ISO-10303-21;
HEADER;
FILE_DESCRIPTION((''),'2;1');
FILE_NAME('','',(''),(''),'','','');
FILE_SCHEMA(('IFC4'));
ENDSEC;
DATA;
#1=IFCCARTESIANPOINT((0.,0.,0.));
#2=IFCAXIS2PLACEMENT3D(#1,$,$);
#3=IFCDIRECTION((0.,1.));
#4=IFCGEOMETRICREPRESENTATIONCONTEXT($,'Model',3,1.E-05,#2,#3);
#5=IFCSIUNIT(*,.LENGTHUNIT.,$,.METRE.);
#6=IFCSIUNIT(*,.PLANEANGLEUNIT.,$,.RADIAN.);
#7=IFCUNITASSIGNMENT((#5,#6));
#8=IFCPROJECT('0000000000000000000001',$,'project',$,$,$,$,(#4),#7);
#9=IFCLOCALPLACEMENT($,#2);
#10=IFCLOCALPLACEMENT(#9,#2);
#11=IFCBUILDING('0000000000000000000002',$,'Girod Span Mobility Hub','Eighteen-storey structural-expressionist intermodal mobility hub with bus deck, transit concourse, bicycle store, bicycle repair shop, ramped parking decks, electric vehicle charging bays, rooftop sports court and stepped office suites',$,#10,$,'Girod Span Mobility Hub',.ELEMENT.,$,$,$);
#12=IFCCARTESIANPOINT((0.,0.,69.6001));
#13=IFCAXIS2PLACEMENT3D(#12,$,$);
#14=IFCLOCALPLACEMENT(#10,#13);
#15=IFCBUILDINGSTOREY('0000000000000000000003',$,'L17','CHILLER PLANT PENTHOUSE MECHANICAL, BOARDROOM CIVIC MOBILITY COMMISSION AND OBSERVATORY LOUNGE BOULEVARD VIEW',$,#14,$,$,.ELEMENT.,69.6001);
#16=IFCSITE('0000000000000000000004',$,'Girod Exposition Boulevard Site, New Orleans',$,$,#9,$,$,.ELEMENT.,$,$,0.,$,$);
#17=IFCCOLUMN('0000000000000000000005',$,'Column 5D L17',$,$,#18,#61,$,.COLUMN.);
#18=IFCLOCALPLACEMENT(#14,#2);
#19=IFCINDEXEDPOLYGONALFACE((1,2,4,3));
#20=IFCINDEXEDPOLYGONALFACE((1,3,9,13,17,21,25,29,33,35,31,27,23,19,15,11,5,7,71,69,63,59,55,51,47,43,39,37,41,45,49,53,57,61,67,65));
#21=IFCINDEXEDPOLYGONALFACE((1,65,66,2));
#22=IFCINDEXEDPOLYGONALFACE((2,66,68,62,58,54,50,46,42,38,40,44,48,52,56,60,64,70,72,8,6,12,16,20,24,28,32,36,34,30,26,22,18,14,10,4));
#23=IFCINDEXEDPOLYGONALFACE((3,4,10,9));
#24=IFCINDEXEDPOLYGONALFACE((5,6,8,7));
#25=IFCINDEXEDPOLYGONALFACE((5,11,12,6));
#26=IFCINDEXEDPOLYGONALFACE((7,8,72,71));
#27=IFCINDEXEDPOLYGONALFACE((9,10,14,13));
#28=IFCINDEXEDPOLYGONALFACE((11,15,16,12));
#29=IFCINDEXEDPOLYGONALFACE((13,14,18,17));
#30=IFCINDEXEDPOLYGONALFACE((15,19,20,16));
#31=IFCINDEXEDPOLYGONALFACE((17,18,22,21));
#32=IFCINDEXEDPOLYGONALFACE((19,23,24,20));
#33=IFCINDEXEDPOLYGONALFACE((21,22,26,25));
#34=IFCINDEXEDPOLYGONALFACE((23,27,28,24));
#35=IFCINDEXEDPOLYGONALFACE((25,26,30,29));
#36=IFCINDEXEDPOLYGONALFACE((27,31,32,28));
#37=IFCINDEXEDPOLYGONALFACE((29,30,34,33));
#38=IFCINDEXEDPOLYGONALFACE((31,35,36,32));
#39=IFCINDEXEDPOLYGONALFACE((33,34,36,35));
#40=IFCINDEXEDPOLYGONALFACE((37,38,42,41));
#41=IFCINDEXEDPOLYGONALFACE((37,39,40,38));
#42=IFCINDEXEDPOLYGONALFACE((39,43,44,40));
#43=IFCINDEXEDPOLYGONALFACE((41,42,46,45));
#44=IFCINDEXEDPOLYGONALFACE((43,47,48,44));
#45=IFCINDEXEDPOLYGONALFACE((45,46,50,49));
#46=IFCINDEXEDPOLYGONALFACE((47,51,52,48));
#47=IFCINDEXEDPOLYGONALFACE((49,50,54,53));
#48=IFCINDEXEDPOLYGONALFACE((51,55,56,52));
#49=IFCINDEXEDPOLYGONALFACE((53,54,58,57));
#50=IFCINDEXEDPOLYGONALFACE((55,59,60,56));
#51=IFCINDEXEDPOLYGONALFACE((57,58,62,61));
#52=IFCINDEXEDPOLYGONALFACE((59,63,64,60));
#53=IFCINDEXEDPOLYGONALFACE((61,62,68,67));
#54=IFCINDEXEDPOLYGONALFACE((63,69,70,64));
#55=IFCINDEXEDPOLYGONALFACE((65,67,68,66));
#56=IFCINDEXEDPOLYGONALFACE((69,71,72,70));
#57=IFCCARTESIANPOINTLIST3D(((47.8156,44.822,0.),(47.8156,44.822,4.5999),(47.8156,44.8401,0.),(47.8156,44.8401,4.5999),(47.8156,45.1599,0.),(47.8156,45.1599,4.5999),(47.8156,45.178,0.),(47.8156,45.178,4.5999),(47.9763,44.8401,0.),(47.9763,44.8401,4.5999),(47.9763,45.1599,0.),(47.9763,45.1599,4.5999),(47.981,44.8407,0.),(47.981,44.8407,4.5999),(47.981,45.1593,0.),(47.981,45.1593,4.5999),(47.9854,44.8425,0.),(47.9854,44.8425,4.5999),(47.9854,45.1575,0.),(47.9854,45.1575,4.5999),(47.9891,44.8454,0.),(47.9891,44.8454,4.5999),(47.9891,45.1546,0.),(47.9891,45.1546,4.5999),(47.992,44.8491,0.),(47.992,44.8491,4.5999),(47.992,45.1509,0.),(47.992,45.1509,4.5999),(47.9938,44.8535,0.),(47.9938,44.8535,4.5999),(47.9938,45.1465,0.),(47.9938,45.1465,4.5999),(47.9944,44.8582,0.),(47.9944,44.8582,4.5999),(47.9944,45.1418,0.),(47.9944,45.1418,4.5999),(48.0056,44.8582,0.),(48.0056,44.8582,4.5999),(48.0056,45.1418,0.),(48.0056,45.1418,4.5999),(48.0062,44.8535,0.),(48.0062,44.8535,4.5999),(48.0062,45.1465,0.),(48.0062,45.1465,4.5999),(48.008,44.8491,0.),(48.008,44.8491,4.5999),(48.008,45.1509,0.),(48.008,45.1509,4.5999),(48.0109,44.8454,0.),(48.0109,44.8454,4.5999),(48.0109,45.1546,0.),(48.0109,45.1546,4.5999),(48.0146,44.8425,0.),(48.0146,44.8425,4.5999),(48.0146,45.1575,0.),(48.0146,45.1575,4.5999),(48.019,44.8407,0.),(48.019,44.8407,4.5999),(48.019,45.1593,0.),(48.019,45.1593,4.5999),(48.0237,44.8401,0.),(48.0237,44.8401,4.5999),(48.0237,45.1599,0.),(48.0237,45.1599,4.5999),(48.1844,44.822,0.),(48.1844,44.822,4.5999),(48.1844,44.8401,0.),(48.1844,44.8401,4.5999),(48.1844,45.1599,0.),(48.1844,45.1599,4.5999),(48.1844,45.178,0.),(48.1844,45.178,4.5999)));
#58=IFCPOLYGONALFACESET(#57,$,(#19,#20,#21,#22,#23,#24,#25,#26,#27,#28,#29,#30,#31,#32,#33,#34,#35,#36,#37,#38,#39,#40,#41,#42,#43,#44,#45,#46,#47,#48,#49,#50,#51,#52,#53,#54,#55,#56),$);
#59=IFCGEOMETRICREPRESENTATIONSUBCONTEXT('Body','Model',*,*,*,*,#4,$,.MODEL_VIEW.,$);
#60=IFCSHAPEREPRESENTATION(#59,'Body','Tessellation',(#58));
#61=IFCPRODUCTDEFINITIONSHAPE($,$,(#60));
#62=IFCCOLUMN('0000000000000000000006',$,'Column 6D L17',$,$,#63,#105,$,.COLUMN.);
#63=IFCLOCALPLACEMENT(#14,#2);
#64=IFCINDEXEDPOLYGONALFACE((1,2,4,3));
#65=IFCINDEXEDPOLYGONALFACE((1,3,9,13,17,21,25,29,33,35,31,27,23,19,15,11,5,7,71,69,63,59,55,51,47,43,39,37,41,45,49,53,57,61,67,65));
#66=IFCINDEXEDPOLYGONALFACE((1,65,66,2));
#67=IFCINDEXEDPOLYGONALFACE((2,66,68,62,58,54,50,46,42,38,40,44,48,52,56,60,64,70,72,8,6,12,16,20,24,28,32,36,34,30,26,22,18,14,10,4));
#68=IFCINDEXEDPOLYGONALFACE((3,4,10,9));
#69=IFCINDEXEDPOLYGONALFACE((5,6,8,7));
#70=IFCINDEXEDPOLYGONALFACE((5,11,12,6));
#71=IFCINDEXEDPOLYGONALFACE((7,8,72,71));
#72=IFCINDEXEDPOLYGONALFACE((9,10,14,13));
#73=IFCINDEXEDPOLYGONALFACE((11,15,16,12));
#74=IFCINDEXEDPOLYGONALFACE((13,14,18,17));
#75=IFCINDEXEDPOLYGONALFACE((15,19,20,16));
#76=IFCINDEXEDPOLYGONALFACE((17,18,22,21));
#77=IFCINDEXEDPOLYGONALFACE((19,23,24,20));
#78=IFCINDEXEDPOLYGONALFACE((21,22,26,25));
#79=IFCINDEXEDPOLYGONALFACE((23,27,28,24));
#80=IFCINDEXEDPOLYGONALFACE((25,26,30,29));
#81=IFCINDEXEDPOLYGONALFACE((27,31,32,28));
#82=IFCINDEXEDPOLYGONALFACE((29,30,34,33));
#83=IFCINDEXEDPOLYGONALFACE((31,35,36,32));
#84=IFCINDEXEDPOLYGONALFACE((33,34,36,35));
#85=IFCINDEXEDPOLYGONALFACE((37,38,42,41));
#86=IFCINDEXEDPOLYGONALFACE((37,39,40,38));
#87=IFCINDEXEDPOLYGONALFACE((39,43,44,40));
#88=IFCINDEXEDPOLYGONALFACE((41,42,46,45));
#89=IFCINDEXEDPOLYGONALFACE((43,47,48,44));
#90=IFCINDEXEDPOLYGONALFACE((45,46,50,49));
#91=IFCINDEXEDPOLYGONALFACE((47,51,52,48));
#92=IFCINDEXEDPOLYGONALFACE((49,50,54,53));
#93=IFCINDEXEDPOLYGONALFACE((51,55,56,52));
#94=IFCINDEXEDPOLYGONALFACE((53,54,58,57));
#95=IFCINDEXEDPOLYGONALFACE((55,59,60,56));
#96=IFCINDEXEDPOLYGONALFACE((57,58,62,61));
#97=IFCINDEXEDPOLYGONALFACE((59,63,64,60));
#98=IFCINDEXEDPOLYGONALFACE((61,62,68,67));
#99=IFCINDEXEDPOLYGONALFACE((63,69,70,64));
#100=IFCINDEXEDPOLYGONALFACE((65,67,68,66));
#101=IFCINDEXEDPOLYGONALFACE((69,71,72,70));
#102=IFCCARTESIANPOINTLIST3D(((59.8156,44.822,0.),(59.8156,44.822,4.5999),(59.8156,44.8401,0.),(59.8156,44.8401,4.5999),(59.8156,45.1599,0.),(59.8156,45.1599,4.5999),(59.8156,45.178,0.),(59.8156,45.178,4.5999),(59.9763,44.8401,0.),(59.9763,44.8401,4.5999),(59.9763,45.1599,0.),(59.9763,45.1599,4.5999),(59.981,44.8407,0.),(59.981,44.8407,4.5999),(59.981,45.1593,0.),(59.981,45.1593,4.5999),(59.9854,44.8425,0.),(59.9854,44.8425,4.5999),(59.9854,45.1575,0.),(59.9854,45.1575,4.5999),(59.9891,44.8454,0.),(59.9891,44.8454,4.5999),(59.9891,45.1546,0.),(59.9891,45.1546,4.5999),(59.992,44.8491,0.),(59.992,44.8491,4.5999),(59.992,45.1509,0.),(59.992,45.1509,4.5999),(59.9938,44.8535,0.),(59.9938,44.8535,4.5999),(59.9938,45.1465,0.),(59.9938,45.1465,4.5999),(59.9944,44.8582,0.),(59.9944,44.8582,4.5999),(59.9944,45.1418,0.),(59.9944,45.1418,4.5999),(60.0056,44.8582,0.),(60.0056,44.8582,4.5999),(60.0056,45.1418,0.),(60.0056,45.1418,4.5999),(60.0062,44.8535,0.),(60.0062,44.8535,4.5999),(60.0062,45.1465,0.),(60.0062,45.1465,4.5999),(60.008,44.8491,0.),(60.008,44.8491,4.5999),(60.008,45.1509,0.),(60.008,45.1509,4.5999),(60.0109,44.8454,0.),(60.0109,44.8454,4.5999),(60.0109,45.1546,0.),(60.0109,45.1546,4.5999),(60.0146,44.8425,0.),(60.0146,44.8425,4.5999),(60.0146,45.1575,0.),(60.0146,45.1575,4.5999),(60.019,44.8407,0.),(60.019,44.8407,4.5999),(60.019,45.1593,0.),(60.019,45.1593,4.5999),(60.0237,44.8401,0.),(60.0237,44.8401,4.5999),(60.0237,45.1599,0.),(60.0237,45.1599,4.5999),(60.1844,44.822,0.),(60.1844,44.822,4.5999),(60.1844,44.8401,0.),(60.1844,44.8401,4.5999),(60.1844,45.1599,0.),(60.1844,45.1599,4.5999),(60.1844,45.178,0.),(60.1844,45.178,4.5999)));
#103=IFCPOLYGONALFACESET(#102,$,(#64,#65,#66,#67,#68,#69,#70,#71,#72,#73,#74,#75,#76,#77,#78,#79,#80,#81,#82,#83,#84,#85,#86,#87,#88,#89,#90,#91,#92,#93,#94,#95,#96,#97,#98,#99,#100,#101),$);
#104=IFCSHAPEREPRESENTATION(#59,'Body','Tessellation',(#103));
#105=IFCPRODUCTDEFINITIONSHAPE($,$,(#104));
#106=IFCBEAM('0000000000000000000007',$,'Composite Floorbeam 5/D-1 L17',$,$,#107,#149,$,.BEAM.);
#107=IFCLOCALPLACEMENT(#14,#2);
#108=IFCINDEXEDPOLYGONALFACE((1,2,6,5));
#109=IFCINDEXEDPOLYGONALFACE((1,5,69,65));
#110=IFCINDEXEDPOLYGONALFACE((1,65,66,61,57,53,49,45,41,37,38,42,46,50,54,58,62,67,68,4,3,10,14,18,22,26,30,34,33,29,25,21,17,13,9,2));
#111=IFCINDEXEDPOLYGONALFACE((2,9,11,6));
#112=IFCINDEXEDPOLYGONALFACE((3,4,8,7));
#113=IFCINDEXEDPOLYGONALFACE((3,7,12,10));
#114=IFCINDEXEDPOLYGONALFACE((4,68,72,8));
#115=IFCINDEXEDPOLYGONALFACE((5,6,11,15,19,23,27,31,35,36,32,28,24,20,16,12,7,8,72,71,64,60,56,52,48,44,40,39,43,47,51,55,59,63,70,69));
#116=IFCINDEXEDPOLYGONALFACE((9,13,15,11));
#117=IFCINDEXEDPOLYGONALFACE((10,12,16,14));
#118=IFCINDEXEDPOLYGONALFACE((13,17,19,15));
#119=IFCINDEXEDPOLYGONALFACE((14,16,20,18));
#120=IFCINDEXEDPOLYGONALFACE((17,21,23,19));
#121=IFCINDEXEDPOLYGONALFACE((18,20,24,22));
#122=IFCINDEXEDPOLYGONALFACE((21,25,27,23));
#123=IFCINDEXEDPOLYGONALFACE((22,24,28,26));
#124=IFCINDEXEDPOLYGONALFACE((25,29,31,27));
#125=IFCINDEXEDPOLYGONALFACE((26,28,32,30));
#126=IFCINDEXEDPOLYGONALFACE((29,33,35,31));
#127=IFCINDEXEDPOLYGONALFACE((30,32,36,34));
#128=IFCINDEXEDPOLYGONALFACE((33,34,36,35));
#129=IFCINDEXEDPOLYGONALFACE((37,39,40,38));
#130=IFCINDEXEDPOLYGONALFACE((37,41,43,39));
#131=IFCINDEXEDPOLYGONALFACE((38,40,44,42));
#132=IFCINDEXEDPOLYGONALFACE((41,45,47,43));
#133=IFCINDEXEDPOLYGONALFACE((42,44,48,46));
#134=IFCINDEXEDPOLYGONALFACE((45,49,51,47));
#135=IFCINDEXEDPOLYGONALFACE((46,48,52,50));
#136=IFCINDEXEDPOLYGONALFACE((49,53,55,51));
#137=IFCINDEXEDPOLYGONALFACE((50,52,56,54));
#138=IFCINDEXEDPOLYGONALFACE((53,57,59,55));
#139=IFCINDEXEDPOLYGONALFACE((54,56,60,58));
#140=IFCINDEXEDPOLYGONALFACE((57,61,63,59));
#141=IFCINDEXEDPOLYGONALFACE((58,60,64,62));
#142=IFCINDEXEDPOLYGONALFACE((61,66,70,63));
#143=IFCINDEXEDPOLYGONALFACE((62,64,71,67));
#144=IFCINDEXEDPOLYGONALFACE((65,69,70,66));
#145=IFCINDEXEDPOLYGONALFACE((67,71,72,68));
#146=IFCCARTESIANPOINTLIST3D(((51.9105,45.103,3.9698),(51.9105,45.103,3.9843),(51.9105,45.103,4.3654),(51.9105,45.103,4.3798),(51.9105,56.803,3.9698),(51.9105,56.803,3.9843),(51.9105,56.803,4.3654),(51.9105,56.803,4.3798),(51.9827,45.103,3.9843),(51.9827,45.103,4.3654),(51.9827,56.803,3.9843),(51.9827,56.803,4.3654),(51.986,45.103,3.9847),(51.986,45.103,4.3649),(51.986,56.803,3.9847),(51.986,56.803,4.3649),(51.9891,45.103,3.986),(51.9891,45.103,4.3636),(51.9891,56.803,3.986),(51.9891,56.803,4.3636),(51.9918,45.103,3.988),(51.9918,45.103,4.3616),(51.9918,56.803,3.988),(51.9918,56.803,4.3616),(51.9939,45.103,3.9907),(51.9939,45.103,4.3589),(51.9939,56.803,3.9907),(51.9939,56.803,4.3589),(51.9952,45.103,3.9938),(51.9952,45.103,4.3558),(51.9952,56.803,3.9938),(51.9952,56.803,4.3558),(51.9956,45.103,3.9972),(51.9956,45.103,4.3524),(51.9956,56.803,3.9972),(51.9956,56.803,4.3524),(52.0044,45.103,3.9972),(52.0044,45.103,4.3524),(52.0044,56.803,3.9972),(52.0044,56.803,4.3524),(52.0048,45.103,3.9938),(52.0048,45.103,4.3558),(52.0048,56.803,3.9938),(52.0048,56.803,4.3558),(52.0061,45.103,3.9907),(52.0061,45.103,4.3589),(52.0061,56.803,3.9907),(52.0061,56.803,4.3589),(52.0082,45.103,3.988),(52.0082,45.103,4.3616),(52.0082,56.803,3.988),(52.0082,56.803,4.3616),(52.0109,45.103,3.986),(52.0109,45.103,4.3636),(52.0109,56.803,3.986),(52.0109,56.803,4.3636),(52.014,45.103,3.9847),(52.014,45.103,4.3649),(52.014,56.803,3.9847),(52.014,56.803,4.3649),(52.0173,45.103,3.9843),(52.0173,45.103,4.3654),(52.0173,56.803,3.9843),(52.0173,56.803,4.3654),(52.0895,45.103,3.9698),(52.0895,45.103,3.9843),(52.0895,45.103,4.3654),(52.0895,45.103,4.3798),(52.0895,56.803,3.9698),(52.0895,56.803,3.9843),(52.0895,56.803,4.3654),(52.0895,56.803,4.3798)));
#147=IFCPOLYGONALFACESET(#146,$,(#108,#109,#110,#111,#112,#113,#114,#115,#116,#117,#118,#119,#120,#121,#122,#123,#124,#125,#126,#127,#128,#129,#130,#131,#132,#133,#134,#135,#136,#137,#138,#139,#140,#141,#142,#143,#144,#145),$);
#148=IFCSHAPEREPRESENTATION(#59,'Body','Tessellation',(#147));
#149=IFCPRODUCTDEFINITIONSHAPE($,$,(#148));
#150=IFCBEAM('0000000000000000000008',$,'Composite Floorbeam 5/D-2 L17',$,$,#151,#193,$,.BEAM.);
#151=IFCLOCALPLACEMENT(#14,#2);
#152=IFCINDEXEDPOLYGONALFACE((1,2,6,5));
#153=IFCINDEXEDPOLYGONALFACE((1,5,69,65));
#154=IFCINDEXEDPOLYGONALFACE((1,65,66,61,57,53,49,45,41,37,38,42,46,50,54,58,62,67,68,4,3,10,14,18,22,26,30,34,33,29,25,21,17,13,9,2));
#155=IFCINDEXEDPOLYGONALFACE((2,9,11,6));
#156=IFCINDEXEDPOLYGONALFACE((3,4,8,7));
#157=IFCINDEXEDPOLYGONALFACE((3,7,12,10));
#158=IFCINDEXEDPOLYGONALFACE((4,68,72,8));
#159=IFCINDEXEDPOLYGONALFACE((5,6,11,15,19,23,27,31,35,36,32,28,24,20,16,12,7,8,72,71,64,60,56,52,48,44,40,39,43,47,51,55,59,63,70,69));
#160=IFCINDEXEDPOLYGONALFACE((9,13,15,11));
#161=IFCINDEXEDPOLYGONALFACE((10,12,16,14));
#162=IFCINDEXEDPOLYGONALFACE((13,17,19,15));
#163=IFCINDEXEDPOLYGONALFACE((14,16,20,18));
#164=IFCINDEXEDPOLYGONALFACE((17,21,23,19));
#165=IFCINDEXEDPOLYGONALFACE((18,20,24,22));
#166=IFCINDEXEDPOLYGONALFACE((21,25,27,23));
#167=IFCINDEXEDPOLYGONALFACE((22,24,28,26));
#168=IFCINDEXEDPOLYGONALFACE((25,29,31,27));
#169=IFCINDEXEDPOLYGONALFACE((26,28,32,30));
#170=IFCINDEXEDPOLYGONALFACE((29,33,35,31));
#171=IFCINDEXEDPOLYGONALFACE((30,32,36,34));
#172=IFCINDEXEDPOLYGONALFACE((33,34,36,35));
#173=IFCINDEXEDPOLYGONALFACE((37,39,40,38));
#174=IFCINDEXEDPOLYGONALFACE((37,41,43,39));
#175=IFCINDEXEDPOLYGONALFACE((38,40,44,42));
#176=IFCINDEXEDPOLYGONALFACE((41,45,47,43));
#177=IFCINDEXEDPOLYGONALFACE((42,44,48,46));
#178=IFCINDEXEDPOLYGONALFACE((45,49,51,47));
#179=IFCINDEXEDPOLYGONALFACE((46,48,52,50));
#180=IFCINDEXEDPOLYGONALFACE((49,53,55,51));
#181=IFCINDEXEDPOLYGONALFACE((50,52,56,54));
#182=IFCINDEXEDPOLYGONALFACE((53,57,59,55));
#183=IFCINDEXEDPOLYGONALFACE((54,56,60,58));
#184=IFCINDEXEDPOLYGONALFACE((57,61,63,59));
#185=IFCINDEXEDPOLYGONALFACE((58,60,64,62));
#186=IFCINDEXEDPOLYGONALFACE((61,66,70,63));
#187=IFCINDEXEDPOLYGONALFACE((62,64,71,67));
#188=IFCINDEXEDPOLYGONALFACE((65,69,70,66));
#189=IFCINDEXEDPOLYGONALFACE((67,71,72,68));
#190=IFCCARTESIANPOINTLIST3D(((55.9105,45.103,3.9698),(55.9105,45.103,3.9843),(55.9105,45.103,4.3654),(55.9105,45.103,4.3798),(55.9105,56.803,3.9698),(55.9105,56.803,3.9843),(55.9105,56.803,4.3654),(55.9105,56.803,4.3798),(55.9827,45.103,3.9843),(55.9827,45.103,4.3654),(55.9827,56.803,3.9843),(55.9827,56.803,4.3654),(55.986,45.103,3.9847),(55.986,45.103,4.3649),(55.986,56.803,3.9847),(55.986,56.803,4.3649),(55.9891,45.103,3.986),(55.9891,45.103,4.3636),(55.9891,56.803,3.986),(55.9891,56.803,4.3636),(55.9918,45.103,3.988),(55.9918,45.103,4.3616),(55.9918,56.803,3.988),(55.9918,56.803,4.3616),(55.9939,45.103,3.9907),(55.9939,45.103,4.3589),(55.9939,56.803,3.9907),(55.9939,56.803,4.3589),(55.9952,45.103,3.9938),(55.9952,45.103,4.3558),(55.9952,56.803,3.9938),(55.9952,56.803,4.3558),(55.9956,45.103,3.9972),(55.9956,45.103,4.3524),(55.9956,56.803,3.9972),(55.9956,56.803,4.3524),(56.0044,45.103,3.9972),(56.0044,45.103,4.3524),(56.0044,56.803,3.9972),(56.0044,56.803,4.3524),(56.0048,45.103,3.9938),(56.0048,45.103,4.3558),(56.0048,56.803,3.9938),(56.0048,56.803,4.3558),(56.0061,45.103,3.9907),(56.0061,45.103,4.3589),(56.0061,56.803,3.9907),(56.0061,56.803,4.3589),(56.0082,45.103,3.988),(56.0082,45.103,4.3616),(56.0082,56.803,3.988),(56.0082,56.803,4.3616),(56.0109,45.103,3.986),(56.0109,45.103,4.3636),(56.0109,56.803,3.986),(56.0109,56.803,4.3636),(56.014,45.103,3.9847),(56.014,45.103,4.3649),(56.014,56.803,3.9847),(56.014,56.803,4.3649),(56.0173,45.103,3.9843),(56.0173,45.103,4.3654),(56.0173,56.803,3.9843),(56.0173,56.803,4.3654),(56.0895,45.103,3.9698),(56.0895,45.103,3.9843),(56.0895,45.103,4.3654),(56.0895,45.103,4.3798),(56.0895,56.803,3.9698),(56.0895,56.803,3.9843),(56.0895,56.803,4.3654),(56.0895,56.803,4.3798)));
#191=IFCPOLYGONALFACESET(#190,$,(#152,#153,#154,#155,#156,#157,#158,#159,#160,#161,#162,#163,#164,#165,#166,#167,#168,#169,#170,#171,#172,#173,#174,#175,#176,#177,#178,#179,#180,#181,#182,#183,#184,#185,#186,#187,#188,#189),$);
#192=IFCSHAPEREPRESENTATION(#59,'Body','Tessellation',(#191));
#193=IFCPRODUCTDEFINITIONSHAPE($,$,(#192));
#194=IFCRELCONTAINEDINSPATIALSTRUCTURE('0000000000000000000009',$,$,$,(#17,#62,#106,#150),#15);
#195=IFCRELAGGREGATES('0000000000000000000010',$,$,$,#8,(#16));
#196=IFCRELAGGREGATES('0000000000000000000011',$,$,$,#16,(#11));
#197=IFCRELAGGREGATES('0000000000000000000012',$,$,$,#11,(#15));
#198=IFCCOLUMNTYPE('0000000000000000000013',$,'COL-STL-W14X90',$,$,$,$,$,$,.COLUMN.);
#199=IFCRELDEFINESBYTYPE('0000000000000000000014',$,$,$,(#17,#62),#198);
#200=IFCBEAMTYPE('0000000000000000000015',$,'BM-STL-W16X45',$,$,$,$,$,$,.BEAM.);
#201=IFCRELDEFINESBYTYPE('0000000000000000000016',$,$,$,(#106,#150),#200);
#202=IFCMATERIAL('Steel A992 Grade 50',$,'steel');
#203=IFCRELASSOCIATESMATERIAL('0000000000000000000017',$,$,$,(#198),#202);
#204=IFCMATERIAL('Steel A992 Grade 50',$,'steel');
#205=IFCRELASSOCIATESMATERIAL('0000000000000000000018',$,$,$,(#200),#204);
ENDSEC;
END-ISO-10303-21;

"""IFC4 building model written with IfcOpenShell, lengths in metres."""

from ifc_helpers import new_model, si_unit, direction, frame, origin, origin_2d, place, context, subcontext, project, spatial, i_section, extrude, material, material_profile, profile_set, type_object, element, save


model = new_model("IFC4")

# Units and contexts
model_context = context("Model", 3, precision=1e-05, world=origin(), true_north=direction((0.0, 1.0)))
body_context = subcontext(model_context, "Body", "Model", "MODEL_VIEW")
ifc_project = project(units=[si_unit("LENGTHUNIT", "METRE"), si_unit("PLANEANGLEUNIT", "RADIAN")], contexts=[model_context])

# Site, building, storey
site_placement = place(None, origin())
site = spatial("IfcSite", under=ifc_project, at=site_placement, Name="Girod Exposition Boulevard Site, New Orleans", CompositionType="ELEMENT", RefElevation=0.0)
building_placement = place(site_placement, origin())
building = spatial("IfcBuilding", under=site, at=building_placement, Name="Girod Span Mobility Hub", Description="Eighteen-storey structural-expressionist intermodal mobility hub with bus deck, transit concourse, bicycle store, bicycle repair shop, ramped parking decks, electric vehicle charging bays, rooftop sports court and stepped office suites", LongName="Girod Span Mobility Hub", CompositionType="ELEMENT")
storey_placement = place(building_placement, frame((0.0, 0.0, 69.6001)))
storey = spatial("IfcBuildingStorey", under=building, at=storey_placement, Name="L17", Description="CHILLER PLANT PENTHOUSE MECHANICAL, BOARDROOM CIVIC MOBILITY COMMISSION AND OBSERVATORY LOUNGE BOULEVARD VIEW", CompositionType="ELEMENT", Elevation=69.6001)

# Columns
ifc_material_1 = material(Name="Steel A992 Grade 50", Category="steel")
ifc_material_profile_1 = material_profile(ifc_material_1, i_section(OverallWidth=0.3689, OverallDepth=0.356, WebThickness=0.0112, FlangeThickness=0.0181, FilletRadius=0.0181, at=origin_2d()), Name="W14X90")
ifc_profile_set_1 = profile_set([ifc_material_profile_1], Name="Steel A992 Grade 50")
column_type = type_object("IfcColumnType", Name="COL-STL-W14X90", PredefinedType="COLUMN", material=ifc_profile_set_1)
for number, where, z_axis, x_axis, name in (
    (1, (48.0, 45.0, 0.0), (0.0, 0.0, 1.0), (1.0, 0.0, 0.0), "Column 5D L17"),
    (2, (60.0, 45.0, 0.0), (0.0, 0.0, 1.0), (1.0, 0.0, 0.0), "Column 6D L17"),
):
    element("IfcColumn", number, at=place(storey_placement, frame(where, z_axis=z_axis, x_axis=x_axis)), inside=storey, type_object=column_type, Name=name, PredefinedType="COLUMN", context=body_context, shape_type="SweptSolid", body=[
        extrude(i_section(OverallWidth=0.3689, OverallDepth=0.356, WebThickness=0.0112, FlangeThickness=0.0181, FilletRadius=0.0181, at=origin_2d()), origin(), (0.0, 0.0, 1.0), 4.5999),
    ])

# Beams
ifc_material_2 = material(Name="Steel A992 Grade 50", Category="steel")
ifc_material_profile_2 = material_profile(ifc_material_2, i_section(OverallWidth=0.179, OverallDepth=0.4099, WebThickness=0.0088, FlangeThickness=0.0144, FilletRadius=0.0129, at=origin_2d()), Name="W16X45")
ifc_profile_set_2 = profile_set([ifc_material_profile_2], Name="Steel A992 Grade 50")
beam_type_1 = type_object("IfcBeamType", Name="BM-STL-W16X45", PredefinedType="BEAM", material=ifc_profile_set_2)
for number, where, z_axis, x_axis, name in (
    (3, (52.0, 45.103, 4.1748), (0.0, 1.0, 0.0), (-1.0, 0.0, 0.0), "Composite Floorbeam 5/D-1 L17"),
    (4, (56.0, 45.103, 4.1748), (0.0, 1.0, 0.0), (-1.0, 0.0, 0.0), "Composite Floorbeam 5/D-2 L17"),
):
    element("IfcBeam", number, at=place(storey_placement, frame(where, z_axis=z_axis, x_axis=x_axis)), inside=storey, type_object=beam_type_1, Name=name, PredefinedType="BEAM", context=body_context, shape_type="SweptSolid", body=[
        extrude(i_section(OverallWidth=0.179, OverallDepth=0.4099, WebThickness=0.0088, FlangeThickness=0.0144, FilletRadius=0.0129, at=origin_2d()), origin(), (0.0, 0.0, 1.0), 11.7),
    ])

save(model, "model.ifc")
